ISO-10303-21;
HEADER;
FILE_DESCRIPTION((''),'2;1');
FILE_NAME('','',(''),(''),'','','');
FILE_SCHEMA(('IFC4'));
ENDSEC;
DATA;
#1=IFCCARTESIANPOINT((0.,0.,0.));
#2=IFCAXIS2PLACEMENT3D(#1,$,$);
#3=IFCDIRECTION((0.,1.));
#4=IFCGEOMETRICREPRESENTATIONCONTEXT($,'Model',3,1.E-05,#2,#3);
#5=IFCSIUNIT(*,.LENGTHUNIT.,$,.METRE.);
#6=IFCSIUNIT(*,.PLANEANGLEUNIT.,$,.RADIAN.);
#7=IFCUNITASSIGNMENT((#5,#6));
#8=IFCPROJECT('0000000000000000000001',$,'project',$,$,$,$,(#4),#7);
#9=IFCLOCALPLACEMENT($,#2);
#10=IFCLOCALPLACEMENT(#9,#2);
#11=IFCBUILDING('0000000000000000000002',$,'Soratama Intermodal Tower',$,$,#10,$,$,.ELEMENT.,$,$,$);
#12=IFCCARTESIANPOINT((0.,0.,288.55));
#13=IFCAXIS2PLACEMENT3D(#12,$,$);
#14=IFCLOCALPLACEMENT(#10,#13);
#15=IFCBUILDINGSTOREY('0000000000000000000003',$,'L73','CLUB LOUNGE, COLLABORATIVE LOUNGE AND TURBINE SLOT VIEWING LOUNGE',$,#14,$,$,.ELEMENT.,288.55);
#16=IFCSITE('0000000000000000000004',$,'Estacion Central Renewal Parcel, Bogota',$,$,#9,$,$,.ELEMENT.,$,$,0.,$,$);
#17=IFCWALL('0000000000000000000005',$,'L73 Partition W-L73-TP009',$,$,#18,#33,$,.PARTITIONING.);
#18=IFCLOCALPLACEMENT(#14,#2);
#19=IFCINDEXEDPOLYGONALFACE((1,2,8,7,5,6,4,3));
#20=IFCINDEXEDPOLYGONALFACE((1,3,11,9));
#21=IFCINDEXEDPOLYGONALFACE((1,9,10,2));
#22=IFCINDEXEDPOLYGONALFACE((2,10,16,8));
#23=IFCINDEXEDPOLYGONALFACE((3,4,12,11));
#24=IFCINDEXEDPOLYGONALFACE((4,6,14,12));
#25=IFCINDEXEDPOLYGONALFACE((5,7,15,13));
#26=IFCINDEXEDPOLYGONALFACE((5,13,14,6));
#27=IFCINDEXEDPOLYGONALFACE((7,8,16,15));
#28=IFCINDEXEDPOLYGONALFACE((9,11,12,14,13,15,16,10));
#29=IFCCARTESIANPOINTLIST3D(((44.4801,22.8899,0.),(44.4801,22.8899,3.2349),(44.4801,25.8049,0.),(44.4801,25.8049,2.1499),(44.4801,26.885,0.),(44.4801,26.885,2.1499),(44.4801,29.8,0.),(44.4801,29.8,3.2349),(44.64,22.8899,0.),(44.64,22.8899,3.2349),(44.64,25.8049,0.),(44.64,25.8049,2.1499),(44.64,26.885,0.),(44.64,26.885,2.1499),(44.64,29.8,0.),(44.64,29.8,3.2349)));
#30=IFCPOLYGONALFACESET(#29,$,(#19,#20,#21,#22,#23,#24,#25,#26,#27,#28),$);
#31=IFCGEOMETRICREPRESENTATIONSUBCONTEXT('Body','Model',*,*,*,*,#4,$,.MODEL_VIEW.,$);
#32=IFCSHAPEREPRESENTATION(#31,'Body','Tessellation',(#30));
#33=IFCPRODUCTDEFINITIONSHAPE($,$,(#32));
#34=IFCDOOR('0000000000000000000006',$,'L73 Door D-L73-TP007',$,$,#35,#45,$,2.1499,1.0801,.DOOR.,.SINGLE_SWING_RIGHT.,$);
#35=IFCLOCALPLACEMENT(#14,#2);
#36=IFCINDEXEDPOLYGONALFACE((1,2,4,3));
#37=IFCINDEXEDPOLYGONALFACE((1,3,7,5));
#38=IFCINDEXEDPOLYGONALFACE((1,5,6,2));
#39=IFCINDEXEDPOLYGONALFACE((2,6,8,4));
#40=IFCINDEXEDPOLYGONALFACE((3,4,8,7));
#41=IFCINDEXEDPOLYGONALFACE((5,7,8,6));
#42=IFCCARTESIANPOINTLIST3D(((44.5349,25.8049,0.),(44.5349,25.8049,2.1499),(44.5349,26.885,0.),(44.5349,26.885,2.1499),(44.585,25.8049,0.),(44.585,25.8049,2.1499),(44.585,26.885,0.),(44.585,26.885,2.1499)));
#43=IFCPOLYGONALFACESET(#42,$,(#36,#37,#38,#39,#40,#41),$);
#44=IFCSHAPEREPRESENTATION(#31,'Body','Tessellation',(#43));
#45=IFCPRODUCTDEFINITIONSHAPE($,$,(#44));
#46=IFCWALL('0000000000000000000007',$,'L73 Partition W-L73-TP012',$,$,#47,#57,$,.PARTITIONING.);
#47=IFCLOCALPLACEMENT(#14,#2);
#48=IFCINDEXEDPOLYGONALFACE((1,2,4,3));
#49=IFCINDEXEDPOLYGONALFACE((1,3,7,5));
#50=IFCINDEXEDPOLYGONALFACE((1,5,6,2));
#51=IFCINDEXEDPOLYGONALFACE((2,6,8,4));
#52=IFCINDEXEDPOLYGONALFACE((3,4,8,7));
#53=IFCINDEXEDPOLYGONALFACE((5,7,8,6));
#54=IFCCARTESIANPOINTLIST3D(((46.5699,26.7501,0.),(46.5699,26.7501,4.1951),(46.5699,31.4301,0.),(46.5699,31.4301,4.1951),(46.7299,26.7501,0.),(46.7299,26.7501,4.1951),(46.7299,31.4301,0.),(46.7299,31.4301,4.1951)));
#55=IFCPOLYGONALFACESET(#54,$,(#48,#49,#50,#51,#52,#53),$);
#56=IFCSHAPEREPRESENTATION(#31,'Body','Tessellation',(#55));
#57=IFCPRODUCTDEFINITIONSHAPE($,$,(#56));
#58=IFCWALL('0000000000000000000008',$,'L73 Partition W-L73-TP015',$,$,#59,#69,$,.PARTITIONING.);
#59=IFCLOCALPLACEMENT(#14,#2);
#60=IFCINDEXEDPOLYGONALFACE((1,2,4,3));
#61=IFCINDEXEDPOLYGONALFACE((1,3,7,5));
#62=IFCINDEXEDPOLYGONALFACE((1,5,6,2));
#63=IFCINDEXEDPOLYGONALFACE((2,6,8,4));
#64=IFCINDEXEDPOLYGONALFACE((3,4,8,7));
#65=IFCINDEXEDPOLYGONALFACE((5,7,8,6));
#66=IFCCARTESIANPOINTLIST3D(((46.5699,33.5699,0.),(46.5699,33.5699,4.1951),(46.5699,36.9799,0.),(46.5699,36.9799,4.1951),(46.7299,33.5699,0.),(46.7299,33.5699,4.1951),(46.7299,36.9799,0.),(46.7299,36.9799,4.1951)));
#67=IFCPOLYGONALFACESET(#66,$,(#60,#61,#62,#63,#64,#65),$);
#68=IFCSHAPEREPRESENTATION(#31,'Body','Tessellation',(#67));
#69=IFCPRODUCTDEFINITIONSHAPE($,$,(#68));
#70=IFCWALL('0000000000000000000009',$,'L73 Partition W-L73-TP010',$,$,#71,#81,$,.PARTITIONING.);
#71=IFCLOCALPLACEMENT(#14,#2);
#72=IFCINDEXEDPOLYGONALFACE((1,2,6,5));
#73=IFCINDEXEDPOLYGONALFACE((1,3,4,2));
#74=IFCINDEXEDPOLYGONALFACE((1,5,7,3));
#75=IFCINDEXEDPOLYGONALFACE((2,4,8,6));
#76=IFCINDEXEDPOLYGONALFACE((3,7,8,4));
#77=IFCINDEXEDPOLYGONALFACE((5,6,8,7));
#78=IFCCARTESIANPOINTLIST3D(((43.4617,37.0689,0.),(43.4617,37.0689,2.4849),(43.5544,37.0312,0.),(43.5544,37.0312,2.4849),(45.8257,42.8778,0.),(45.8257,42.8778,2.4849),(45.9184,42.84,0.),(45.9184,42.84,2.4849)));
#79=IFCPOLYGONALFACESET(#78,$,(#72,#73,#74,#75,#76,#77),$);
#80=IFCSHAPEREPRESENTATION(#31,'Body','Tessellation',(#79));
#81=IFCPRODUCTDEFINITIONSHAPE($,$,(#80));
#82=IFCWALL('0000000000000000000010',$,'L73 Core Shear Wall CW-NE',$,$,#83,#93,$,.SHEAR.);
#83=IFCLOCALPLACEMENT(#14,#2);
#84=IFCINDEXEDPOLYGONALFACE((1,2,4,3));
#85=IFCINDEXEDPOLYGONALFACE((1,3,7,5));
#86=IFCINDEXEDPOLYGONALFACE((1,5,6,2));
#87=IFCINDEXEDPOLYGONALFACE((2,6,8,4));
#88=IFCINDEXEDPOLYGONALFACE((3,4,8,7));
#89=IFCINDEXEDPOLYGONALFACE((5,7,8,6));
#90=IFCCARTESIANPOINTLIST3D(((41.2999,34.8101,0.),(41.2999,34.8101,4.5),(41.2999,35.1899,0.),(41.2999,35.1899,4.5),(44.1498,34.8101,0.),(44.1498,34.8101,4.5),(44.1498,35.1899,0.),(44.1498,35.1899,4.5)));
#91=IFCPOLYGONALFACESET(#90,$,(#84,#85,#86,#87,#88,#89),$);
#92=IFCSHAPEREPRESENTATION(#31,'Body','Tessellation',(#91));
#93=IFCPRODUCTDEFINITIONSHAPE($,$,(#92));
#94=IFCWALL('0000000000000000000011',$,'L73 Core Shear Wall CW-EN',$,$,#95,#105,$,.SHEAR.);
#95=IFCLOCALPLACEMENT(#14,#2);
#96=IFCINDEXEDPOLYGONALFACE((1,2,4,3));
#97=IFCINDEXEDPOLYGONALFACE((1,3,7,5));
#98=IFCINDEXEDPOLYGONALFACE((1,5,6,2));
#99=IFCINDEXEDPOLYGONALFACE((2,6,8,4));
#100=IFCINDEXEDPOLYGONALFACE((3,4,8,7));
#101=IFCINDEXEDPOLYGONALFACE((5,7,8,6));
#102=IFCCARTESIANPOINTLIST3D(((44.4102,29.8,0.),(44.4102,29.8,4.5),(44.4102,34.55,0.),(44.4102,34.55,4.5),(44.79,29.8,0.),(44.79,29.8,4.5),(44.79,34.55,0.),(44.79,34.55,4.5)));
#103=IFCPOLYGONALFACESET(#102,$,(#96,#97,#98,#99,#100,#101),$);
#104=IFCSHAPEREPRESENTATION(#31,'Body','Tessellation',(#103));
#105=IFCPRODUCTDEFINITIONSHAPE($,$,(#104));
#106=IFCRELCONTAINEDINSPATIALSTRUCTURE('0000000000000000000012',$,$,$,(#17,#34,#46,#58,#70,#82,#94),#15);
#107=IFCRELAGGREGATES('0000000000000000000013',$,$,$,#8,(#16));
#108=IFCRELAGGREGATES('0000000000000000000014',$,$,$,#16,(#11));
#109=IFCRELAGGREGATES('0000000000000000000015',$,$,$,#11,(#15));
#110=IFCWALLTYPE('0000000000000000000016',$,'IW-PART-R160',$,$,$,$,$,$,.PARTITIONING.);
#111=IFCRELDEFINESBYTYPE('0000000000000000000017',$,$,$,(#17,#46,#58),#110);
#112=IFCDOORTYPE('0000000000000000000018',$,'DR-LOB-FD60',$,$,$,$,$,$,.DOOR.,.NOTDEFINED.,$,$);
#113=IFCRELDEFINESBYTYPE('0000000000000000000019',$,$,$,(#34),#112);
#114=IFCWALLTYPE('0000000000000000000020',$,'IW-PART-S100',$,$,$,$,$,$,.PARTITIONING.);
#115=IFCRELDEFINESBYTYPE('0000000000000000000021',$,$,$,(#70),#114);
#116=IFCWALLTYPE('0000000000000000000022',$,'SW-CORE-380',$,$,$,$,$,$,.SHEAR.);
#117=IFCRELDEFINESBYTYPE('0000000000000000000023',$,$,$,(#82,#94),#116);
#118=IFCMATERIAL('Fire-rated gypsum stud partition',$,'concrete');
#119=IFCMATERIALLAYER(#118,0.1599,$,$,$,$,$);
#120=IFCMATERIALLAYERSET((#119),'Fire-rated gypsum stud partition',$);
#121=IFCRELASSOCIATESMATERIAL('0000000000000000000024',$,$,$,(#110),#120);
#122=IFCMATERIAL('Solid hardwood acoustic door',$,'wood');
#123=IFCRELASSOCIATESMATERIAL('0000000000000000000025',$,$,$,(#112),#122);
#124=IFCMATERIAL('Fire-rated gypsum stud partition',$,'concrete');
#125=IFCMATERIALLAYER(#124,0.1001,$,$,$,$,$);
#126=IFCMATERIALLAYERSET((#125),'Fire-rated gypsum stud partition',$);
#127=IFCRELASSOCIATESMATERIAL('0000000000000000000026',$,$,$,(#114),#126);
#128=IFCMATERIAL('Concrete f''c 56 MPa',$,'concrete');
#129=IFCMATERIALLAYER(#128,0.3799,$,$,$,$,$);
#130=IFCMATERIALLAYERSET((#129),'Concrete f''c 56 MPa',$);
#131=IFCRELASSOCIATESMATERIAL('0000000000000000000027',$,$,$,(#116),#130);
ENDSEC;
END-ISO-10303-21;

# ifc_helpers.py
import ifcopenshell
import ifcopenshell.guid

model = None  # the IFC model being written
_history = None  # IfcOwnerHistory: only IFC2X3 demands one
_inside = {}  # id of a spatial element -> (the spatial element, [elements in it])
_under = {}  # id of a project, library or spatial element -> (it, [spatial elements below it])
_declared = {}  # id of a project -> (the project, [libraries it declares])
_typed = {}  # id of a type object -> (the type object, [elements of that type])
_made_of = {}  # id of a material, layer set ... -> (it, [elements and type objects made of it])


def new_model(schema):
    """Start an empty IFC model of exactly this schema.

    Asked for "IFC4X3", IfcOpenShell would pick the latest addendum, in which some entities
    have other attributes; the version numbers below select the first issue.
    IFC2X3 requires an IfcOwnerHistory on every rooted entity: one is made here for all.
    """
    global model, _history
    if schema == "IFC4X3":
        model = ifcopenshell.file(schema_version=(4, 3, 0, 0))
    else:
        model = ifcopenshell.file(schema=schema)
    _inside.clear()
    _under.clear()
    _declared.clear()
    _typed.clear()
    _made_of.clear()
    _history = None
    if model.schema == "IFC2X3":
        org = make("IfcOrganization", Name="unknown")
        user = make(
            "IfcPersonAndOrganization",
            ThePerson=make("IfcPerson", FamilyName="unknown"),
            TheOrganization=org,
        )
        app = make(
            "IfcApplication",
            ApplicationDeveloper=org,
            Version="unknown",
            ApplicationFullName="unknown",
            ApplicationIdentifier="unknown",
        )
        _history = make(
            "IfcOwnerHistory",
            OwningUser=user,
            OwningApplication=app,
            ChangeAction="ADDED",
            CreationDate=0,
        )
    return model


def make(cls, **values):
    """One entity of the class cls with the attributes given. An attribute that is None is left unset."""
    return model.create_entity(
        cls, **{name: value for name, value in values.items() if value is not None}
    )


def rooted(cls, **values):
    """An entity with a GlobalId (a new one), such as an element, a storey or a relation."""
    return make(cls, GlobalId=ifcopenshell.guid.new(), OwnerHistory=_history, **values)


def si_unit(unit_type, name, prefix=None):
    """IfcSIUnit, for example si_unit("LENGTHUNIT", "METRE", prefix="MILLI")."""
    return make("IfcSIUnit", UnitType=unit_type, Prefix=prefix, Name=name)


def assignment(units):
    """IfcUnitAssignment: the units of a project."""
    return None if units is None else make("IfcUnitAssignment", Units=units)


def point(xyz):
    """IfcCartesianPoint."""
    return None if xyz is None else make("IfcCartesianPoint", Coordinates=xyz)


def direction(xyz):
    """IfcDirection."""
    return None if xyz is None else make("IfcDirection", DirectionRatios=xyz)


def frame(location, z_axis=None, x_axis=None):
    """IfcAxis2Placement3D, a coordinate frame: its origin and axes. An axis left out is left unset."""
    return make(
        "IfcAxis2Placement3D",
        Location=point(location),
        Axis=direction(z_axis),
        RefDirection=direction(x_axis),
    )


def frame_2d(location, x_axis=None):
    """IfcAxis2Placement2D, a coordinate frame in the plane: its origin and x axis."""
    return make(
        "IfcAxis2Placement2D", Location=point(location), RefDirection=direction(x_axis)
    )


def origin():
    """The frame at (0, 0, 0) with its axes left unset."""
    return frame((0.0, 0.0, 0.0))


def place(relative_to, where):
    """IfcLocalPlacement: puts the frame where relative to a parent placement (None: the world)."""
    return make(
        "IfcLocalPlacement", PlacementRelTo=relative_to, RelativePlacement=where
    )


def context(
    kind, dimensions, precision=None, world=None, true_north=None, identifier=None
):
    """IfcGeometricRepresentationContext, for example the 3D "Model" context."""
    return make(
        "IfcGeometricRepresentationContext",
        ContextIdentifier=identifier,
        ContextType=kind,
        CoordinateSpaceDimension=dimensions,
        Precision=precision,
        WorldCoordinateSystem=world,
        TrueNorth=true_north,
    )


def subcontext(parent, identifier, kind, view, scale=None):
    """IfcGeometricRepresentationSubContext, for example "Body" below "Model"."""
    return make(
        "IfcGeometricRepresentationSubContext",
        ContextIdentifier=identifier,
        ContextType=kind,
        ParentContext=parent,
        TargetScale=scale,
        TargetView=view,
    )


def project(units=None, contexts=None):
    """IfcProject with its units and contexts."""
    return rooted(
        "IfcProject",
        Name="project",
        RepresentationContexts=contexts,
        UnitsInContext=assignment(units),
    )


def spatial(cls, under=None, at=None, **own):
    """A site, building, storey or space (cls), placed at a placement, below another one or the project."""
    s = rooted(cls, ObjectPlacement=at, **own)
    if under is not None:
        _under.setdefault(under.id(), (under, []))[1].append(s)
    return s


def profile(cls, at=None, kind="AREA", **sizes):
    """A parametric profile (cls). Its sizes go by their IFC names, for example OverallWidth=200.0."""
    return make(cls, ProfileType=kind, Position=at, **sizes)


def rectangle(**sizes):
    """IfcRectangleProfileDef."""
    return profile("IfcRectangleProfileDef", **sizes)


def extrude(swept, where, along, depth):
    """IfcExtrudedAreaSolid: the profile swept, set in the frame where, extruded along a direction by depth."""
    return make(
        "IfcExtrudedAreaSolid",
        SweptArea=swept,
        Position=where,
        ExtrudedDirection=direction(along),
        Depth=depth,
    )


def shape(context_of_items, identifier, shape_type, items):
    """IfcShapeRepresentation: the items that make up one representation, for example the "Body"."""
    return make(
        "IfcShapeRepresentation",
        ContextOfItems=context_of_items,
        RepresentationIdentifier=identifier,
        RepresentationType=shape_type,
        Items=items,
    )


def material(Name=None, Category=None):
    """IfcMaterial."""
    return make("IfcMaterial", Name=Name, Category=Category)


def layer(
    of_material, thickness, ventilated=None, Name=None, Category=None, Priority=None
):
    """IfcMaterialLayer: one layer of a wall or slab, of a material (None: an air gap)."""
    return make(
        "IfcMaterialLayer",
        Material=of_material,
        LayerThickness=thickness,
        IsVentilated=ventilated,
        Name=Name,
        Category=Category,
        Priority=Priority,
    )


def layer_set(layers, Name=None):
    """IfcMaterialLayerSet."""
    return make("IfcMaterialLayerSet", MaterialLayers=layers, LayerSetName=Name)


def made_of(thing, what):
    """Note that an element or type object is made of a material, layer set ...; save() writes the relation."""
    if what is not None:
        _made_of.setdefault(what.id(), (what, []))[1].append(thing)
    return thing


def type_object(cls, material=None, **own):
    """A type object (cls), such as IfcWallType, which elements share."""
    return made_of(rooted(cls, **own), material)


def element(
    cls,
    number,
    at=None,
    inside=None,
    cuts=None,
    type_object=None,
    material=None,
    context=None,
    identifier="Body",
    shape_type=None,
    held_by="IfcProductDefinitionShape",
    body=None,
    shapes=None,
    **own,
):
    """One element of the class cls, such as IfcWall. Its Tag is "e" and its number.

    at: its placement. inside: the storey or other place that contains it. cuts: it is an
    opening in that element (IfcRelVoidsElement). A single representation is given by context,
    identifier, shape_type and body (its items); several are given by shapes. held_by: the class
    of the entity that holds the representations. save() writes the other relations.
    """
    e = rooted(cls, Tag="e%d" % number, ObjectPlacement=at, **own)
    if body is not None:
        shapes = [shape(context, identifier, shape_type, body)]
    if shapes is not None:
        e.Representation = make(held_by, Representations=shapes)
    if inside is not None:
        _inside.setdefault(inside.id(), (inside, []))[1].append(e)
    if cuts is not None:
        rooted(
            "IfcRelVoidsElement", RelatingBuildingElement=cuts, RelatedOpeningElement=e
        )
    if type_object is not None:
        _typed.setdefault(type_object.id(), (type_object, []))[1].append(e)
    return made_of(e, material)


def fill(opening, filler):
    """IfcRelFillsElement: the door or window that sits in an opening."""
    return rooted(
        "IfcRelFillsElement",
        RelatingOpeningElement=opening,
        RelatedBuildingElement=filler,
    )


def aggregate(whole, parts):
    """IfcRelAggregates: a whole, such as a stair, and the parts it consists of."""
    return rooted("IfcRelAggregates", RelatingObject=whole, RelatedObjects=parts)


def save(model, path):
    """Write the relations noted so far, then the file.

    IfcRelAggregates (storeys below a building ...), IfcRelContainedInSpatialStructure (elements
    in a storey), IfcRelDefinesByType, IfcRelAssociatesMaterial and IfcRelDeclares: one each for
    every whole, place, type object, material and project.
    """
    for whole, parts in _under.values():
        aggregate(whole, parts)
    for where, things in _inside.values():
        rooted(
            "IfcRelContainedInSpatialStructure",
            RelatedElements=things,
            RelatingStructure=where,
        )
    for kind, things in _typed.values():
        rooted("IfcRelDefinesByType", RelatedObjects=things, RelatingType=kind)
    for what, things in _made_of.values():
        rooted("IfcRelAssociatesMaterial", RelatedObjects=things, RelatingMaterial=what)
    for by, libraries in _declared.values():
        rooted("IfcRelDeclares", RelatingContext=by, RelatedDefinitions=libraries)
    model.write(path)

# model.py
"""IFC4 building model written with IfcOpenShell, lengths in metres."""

from ifc_helpers import new_model, si_unit, direction, frame, frame_2d, origin, place, context, subcontext, project, spatial, rectangle, extrude, material, layer, layer_set, type_object, element, fill, save


model = new_model("IFC4")

# Units and contexts
model_context = context("Model", 3, precision=1e-05, world=origin(), true_north=direction((0.0, 1.0)))
body_context = subcontext(model_context, "Body", "Model", "MODEL_VIEW")
ifc_project = project(units=[si_unit("LENGTHUNIT", "METRE"), si_unit("PLANEANGLEUNIT", "RADIAN")], contexts=[model_context])

# Site, building, storey
site_placement = place(None, origin())
site = spatial("IfcSite", under=ifc_project, at=site_placement, Name="Estacion Central Renewal Parcel, Bogota", CompositionType="ELEMENT", RefElevation=0.0)
building_placement = place(site_placement, origin())
building = spatial("IfcBuilding", under=site, at=building_placement, Name="Soratama Intermodal Tower", CompositionType="ELEMENT")
storey_placement = place(building_placement, frame((0.0, 0.0, 288.55)))
storey = spatial("IfcBuildingStorey", under=building, at=storey_placement, Name="L73", Description="CLUB LOUNGE, COLLABORATIVE LOUNGE AND TURBINE SLOT VIEWING LOUNGE", CompositionType="ELEMENT", Elevation=288.55)

# Shared definitions
ifc_material_1 = material(Name="Fire-rated gypsum stud partition", Category="concrete")
ifc_layer_1 = layer(ifc_material_1, 0.1599)
ifc_layer_set_1 = layer_set([ifc_layer_1], Name="Fire-rated gypsum stud partition")
wall_type_1 = type_object("IfcWallType", Name="IW-PART-R160", PredefinedType="PARTITIONING", material=ifc_layer_set_1)

# Wall, opening, door
wall_1_placement = place(storey_placement, frame((44.5601, 29.8, 0.0), z_axis=(0.0, 0.0, 1.0), x_axis=(0.0, -1.0, 0.0)))
wall_1 = element("IfcWall", 1, at=wall_1_placement, inside=storey, type_object=wall_type_1, Name="L73 Partition W-L73-TP009", PredefinedType="PARTITIONING", context=body_context, shape_type="SweptSolid", body=[
    extrude(rectangle(XDim=6.9102, YDim=0.1599, at=frame_2d((3.4551, 0.0))), origin(), (0.0, 0.0, 1.0), 3.2349),
])
opening_1_placement = place(wall_1_placement, frame((2.915, 0.0, 0.0)))
opening_1 = element("IfcOpeningElement", 2, at=opening_1_placement, cuts=wall_1, PredefinedType="OPENING", context=body_context, shape_type="SweptSolid", body=[
    extrude(rectangle(XDim=1.0801, YDim=2.1499, at=frame_2d((0.54, 1.075))), frame((0.0, 0.0898, 0.0), z_axis=(0.0, -1.0, 0.0), x_axis=(1.0, 0.0, 0.0)), (0.0, 0.0, 1.0), 0.1799),
])
ifc_material_2 = material(Name="Solid hardwood acoustic door", Category="wood")
door_type_1 = type_object("IfcDoorType", Name="DR-LOB-FD60", OperationType="NOTDEFINED", PredefinedType="DOOR", material=ifc_material_2)
door_1_placement = place(opening_1_placement, origin())
door_1 = element("IfcDoor", 3, at=door_1_placement, inside=storey, type_object=door_type_1, Name="L73 Door D-L73-TP007", OperationType="SINGLE_SWING_RIGHT", OverallHeight=2.1499, OverallWidth=1.0801, PredefinedType="DOOR", context=body_context, shape_type="SweptSolid", body=[
    extrude(rectangle(XDim=1.0801, YDim=2.1499, at=frame_2d((0.54, 1.075))), frame((0.0, 0.0249, 0.0), z_axis=(0.0, -1.0, 0.0), x_axis=(1.0, 0.0, 0.0)), (0.0, 0.0, 1.0), 0.05),
])
fill(opening_1, door_1)

# Walls
wall_2_placement = place(storey_placement, frame((46.6499, 31.4299, 0.0), z_axis=(0.0, 0.0, 1.0), x_axis=(0.0, -1.0, 0.0)))
element("IfcWall", 4, at=wall_2_placement, inside=storey, type_object=wall_type_1, Name="L73 Partition W-L73-TP012", PredefinedType="PARTITIONING", context=body_context, shape_type="SweptSolid", body=[
    extrude(rectangle(XDim=4.6799, YDim=0.1599, at=frame_2d((2.3398, 0.0))), origin(), (0.0, 0.0, 1.0), 4.1951),
])
wall_3_placement = place(storey_placement, frame((46.6499, 36.98, 0.0), z_axis=(0.0, 0.0, 1.0), x_axis=(0.0, -1.0, 0.0)))
element("IfcWall", 5, at=wall_3_placement, inside=storey, type_object=wall_type_1, Name="L73 Partition W-L73-TP015", PredefinedType="PARTITIONING", context=body_context, shape_type="SweptSolid", body=[
    extrude(rectangle(XDim=3.4099, YDim=0.1599, at=frame_2d((1.7051, 0.0))), origin(), (0.0, 0.0, 1.0), 4.1951),
])
ifc_material_3 = material(Name="Fire-rated gypsum stud partition", Category="concrete")
ifc_layer_2 = layer(ifc_material_3, 0.1001)
ifc_layer_set_2 = layer_set([ifc_layer_2], Name="Fire-rated gypsum stud partition")
wall_type_2 = type_object("IfcWallType", Name="IW-PART-S100", PredefinedType="PARTITIONING", material=ifc_layer_set_2)
wall_4_placement = place(storey_placement, frame((43.5081, 37.05, 0.0), z_axis=(0.0, 0.0, 1.0), x_axis=(0.376948, 0.926234, 0.0)))
element("IfcWall", 6, at=wall_4_placement, inside=storey, type_object=wall_type_2, Name="L73 Partition W-L73-TP010", PredefinedType="PARTITIONING", context=body_context, shape_type="SweptSolid", body=[
    extrude(rectangle(XDim=6.2715, YDim=0.1001, at=frame_2d((3.1357, 0.0))), origin(), (0.0, 0.0, 1.0), 2.4849),
])
ifc_material_4 = material(Name="Concrete f'c 56 MPa", Category="concrete")
ifc_layer_3 = layer(ifc_material_4, 0.3799)
ifc_layer_set_3 = layer_set([ifc_layer_3], Name="Concrete f'c 56 MPa")
wall_type_3 = type_object("IfcWallType", Name="SW-CORE-380", PredefinedType="SHEAR", material=ifc_layer_set_3)
wall_5_placement = place(storey_placement, frame((41.3, 35.0, 0.0), z_axis=(0.0, 0.0, 1.0), x_axis=(1.0, 0.0, 0.0)))
element("IfcWall", 7, at=wall_5_placement, inside=storey, type_object=wall_type_3, Name="L73 Core Shear Wall CW-NE", PredefinedType="SHEAR", context=body_context, shape_type="SweptSolid", body=[
    extrude(rectangle(XDim=2.8499, YDim=0.3799, at=frame_2d((1.4248, 0.0))), origin(), (0.0, 0.0, 1.0), 4.5),
])
wall_6_placement = place(storey_placement, frame((44.6001, 29.8, 0.0), z_axis=(0.0, 0.0, 1.0), x_axis=(0.0, 1.0, 0.0)))
element("IfcWall", 8, at=wall_6_placement, inside=storey, type_object=wall_type_3, Name="L73 Core Shear Wall CW-EN", PredefinedType="SHEAR", context=body_context, shape_type="SweptSolid", body=[
    extrude(rectangle(XDim=4.75, YDim=0.3799, at=frame_2d((2.375, 0.0))), origin(), (0.0, 0.0, 1.0), 4.5),
])

save(model, "model.ifc")
